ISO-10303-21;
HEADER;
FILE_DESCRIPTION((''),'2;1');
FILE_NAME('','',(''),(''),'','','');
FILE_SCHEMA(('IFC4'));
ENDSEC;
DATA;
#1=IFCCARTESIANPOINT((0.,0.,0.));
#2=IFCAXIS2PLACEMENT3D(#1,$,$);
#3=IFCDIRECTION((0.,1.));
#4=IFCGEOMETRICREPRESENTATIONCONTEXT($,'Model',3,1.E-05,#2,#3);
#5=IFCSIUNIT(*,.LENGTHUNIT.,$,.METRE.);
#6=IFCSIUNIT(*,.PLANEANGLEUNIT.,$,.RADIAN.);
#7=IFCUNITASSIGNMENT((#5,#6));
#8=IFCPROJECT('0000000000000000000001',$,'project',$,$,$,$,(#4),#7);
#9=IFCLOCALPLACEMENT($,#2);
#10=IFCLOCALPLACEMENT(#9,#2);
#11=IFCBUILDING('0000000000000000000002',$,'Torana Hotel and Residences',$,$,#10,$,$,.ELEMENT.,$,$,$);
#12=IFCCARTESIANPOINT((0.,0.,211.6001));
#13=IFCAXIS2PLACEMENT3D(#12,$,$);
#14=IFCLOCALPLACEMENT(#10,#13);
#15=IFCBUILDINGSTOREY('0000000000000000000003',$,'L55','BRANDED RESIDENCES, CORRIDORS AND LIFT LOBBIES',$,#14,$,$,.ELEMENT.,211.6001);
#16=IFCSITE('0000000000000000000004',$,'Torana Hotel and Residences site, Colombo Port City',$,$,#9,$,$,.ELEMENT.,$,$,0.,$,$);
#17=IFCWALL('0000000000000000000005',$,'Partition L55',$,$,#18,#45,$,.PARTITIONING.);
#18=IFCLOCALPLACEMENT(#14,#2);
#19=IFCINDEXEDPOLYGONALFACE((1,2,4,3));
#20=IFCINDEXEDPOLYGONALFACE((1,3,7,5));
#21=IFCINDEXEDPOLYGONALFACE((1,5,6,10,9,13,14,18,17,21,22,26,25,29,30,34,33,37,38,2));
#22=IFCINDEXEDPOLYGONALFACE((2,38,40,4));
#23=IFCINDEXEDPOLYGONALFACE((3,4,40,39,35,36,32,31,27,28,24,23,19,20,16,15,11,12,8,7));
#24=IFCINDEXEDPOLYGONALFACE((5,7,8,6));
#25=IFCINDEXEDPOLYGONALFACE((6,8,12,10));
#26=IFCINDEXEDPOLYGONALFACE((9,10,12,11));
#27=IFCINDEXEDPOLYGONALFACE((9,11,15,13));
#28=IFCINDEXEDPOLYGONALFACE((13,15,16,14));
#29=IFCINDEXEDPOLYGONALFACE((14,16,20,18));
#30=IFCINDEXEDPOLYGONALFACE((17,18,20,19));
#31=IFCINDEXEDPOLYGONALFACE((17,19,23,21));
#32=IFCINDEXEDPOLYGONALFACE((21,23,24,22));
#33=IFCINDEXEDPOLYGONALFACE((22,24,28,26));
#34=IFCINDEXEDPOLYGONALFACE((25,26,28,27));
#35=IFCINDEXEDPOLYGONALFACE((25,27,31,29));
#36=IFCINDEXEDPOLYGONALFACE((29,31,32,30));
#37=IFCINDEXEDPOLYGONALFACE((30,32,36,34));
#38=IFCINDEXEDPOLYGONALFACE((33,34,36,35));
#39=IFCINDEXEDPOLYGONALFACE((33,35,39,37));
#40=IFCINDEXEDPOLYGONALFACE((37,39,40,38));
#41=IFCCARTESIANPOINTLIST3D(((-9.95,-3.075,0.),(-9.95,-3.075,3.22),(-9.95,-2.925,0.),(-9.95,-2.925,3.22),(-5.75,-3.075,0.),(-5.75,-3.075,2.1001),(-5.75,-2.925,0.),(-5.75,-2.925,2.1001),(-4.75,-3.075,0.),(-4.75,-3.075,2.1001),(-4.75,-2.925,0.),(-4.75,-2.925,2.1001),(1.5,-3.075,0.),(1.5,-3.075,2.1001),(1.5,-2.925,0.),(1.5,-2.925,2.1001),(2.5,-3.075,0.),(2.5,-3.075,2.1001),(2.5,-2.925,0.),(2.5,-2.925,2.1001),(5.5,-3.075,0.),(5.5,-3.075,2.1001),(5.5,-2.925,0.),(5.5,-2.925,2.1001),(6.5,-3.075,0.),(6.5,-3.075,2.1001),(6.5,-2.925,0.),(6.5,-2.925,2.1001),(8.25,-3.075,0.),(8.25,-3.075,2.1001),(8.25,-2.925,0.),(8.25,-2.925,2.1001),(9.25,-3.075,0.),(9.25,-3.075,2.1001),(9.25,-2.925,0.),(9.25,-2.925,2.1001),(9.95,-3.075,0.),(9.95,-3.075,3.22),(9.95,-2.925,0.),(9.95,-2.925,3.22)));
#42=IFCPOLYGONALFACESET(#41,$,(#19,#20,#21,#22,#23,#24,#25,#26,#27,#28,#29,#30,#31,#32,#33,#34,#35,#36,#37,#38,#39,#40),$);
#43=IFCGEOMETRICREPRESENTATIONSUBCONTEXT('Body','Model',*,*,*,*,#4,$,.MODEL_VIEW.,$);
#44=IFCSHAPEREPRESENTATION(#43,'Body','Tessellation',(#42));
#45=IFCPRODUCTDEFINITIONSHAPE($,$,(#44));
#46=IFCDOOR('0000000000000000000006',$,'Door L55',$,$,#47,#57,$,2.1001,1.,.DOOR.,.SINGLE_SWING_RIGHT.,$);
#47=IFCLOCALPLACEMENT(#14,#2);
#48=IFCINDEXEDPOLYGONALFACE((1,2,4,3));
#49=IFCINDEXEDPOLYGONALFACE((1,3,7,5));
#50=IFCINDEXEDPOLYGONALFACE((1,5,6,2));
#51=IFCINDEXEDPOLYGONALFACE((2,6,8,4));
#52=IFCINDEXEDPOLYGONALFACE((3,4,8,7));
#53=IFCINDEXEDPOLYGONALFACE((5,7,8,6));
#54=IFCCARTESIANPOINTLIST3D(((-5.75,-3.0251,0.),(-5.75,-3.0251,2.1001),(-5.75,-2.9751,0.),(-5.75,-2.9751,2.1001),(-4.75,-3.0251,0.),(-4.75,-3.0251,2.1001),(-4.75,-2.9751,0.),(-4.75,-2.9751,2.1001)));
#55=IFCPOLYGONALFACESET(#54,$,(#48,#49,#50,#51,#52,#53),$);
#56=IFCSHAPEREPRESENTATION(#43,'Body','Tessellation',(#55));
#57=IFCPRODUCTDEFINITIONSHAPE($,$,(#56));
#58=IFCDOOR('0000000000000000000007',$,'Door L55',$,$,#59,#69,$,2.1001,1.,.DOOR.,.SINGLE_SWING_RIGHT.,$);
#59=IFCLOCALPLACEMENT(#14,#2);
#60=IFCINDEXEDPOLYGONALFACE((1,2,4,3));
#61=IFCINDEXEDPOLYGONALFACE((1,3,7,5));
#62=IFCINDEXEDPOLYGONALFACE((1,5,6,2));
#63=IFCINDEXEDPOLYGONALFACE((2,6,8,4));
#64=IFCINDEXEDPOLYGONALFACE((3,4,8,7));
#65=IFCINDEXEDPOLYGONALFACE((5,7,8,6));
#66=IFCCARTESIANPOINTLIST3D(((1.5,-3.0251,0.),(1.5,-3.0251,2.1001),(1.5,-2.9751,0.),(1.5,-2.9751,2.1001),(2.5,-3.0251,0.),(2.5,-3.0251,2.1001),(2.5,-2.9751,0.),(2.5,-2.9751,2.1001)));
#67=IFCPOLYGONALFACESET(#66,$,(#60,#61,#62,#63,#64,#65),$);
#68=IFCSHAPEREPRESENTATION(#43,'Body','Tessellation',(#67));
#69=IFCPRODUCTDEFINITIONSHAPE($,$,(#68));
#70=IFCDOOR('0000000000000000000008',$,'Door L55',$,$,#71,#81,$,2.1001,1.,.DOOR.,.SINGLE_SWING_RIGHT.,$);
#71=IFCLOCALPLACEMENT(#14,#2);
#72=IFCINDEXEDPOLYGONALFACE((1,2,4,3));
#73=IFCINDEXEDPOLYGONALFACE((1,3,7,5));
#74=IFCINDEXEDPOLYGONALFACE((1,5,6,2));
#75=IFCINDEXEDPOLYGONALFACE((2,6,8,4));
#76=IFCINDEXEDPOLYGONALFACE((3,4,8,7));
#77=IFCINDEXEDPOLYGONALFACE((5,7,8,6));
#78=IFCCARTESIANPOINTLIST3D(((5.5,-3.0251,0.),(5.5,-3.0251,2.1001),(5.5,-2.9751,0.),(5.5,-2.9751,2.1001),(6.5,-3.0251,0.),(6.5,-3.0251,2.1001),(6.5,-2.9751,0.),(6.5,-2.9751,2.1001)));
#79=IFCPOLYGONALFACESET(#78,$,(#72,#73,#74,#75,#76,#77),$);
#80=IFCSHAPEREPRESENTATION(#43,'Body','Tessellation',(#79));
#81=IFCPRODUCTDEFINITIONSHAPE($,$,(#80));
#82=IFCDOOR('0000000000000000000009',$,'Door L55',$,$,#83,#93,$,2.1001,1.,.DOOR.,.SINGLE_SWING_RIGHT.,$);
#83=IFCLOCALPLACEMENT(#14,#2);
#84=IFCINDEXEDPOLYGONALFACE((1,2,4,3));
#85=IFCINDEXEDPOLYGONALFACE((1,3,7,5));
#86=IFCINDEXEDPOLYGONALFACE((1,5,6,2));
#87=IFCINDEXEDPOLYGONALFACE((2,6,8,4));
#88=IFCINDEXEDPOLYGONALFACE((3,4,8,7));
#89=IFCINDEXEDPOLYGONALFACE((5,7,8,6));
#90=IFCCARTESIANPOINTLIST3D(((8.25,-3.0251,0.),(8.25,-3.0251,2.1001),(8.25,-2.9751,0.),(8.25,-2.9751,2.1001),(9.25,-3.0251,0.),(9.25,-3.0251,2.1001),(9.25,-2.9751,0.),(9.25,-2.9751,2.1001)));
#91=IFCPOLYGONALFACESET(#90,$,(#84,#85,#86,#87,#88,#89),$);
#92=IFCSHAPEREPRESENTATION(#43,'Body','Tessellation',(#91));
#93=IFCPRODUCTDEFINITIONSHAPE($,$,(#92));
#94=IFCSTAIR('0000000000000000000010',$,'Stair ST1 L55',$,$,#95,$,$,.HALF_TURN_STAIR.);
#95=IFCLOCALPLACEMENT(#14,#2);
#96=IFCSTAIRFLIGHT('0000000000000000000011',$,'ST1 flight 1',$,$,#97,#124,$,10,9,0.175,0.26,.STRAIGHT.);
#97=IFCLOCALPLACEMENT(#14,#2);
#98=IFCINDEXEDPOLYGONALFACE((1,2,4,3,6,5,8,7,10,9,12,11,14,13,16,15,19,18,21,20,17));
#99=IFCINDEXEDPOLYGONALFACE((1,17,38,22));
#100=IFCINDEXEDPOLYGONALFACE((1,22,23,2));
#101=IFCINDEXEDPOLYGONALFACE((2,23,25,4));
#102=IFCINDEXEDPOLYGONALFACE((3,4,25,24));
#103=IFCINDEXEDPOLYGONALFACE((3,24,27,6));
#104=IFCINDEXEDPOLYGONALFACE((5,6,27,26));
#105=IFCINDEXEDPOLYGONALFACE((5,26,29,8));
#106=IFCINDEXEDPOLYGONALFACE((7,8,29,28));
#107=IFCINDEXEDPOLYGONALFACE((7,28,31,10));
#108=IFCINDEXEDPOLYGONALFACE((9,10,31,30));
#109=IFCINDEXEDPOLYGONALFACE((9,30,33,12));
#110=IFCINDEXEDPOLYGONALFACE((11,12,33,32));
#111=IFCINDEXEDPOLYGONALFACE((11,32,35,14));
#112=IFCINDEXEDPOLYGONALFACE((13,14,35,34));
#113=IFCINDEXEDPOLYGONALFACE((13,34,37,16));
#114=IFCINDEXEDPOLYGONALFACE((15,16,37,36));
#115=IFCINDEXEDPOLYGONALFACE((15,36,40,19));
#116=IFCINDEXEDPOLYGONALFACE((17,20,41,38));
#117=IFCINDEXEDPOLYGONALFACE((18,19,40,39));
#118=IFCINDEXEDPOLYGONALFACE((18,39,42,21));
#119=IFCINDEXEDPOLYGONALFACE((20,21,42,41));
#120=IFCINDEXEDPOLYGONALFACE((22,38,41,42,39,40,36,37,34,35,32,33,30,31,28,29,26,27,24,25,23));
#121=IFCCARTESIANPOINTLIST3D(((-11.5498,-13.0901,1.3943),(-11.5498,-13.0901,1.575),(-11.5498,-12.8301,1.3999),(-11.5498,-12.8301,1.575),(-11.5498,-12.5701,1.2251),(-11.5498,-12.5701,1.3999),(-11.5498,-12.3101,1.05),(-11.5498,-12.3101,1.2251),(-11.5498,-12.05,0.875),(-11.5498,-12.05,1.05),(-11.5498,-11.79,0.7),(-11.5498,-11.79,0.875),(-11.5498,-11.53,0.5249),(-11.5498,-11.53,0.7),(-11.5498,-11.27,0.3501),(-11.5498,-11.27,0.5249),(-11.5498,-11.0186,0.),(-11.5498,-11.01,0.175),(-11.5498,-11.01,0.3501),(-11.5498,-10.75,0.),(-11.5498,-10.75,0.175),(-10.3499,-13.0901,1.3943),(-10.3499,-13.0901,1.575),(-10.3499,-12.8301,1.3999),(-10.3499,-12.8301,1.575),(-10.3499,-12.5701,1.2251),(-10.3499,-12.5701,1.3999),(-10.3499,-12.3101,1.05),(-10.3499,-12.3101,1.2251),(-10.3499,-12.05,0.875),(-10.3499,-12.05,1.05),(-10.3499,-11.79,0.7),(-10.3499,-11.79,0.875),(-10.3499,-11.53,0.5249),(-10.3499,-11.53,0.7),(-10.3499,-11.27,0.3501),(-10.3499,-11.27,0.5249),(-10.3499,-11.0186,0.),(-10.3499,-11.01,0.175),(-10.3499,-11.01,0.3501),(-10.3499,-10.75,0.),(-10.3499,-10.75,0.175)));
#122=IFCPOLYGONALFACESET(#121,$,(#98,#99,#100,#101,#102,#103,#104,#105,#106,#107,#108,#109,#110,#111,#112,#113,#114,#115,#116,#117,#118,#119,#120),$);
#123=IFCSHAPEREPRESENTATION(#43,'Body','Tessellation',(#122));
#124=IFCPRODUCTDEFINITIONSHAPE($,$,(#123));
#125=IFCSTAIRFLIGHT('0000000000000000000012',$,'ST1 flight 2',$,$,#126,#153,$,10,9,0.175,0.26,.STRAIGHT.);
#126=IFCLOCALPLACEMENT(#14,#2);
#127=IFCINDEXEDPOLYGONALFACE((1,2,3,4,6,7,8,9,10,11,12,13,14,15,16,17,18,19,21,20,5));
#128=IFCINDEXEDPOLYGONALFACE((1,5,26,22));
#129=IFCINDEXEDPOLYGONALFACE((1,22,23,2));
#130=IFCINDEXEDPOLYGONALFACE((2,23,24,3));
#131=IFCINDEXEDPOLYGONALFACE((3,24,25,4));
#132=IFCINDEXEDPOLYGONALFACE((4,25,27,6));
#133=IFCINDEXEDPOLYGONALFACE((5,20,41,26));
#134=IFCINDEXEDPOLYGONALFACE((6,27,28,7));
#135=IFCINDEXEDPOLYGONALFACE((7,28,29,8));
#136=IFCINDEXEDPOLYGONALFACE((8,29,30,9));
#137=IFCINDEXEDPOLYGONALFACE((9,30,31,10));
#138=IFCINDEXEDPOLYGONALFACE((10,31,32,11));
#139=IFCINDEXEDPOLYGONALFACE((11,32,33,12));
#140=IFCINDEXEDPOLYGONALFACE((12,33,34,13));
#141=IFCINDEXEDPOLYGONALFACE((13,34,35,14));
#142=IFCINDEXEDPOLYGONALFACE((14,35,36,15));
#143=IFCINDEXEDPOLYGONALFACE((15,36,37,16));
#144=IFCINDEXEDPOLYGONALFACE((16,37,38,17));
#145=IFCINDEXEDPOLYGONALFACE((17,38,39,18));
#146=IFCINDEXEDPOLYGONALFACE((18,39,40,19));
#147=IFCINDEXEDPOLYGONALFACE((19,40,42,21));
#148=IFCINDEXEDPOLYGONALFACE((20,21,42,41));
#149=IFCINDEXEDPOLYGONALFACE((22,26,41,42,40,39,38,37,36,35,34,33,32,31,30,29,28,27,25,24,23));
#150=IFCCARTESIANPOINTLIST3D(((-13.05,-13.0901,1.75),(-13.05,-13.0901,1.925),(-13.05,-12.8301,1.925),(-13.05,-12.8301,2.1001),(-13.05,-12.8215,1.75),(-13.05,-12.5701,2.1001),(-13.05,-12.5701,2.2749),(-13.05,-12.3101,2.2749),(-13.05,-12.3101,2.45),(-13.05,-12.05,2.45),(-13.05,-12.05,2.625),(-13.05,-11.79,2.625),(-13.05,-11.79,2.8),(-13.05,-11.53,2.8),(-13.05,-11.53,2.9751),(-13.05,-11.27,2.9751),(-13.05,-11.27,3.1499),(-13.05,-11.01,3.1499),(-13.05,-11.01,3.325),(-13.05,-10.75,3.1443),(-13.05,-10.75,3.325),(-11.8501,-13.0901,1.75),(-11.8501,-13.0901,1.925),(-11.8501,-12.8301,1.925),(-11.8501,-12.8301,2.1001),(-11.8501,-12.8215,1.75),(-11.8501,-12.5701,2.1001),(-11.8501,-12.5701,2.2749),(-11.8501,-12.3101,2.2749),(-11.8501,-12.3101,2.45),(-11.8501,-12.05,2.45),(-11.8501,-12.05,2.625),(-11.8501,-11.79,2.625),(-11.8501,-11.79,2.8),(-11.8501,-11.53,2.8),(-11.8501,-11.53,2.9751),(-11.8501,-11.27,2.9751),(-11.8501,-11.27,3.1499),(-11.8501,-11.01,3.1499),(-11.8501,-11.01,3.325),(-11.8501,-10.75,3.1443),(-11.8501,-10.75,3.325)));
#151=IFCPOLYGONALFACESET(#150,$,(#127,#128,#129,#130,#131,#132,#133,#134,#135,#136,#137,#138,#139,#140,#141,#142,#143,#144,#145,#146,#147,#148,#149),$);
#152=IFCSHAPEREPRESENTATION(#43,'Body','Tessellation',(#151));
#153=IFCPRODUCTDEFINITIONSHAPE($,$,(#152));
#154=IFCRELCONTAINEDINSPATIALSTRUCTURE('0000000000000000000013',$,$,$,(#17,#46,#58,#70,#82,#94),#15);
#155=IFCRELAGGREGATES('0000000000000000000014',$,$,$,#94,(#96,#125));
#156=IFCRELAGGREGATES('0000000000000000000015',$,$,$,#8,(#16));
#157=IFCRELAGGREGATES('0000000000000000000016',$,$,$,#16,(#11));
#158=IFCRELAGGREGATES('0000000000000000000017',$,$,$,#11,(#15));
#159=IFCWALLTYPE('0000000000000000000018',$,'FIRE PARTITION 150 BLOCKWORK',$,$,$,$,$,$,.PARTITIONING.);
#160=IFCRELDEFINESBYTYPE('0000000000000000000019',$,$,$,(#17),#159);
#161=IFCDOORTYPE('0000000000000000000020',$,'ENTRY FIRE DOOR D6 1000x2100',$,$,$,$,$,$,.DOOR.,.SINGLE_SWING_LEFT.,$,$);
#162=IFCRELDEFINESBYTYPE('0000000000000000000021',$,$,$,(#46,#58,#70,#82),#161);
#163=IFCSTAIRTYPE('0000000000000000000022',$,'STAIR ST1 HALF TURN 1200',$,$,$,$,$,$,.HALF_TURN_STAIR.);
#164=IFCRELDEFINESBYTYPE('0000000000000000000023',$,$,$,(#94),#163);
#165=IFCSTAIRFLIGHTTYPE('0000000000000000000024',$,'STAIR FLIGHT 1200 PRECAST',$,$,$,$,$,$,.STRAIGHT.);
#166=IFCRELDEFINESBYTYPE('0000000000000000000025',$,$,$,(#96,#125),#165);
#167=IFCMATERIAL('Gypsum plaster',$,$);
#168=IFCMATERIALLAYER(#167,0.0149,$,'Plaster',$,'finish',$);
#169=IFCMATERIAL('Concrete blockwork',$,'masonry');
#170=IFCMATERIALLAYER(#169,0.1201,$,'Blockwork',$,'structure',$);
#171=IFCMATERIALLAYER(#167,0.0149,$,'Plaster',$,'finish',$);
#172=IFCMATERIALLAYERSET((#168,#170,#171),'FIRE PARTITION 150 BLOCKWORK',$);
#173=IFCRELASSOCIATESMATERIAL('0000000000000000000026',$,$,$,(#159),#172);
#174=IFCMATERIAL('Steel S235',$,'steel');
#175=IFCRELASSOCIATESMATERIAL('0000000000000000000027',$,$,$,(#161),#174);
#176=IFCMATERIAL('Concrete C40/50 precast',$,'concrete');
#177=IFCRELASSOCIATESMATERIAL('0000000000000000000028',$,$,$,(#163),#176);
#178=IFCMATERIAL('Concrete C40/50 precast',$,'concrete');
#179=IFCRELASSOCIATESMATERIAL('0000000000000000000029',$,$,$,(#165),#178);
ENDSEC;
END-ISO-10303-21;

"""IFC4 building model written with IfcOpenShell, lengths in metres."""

from ifc_helpers import new_model, si_unit, direction, frame, frame_2d, origin, place, context, subcontext, project, spatial, polyline, rectangle, outline, extrude, material, layer, layer_set, type_object, element, fill, aggregate, save


model = new_model("IFC4")

# Units and contexts
model_context = context("Model", 3, precision=1e-05, world=origin(), true_north=direction((0.0, 1.0)))
body_context = subcontext(model_context, "Body", "Model", "MODEL_VIEW")
ifc_project = project(units=[si_unit("LENGTHUNIT", "METRE"), si_unit("PLANEANGLEUNIT", "RADIAN")], contexts=[model_context])

# Site, building, storey
site_placement = place(None, origin())
site = spatial("IfcSite", under=ifc_project, at=site_placement, Name="Torana Hotel and Residences site, Colombo Port City", CompositionType="ELEMENT", RefElevation=0.0)
building_placement = place(site_placement, origin())
building = spatial("IfcBuilding", under=site, at=building_placement, Name="Torana Hotel and Residences", CompositionType="ELEMENT")
storey_placement = place(building_placement, frame((0.0, 0.0, 211.6001)))
storey = spatial("IfcBuildingStorey", under=building, at=storey_placement, Name="L55", Description="BRANDED RESIDENCES, CORRIDORS AND LIFT LOBBIES", CompositionType="ELEMENT", Elevation=211.6001)

# Shared definitions
ifc_material_1 = material(Name="Gypsum plaster")
ifc_layer_1 = layer(ifc_material_1, 0.0149, Name="Plaster", Category="finish")
ifc_material_2 = material(Name="Concrete blockwork", Category="masonry")
ifc_layer_2 = layer(ifc_material_2, 0.1201, Name="Blockwork", Category="structure")
ifc_layer_3 = layer(ifc_material_1, 0.0149, Name="Plaster", Category="finish")
ifc_layer_set_1 = layer_set([ifc_layer_1, ifc_layer_2, ifc_layer_3], Name="FIRE PARTITION 150 BLOCKWORK")
wall_type_1 = type_object("IfcWallType", Name="FIRE PARTITION 150 BLOCKWORK", PredefinedType="PARTITIONING", material=ifc_layer_set_1)

# Wall, openings, doors
ifc_material_3 = material(Name="Steel S235", Category="steel")
door_type_1 = type_object("IfcDoorType", Name="ENTRY FIRE DOOR D6 1000x2100", OperationType="SINGLE_SWING_LEFT", PredefinedType="DOOR", material=ifc_material_3)
wall_1_placement = place(storey_placement, frame((-9.95, -3.0, 0.0), z_axis=(0.0, 0.0, 1.0), x_axis=(1.0, 0.0, 0.0)))
wall_1 = element("IfcWall", 1, at=wall_1_placement, inside=storey, type_object=wall_type_1, Name="Partition L55", PredefinedType="PARTITIONING", context=body_context, shape_type="SweptSolid", body=[
    extrude(rectangle(XDim=19.8999, YDim=0.1499, at=frame_2d((9.95, 0.0))), origin(), (0.0, 0.0, 1.0), 3.22),
])
opening_1_placement = place(wall_1_placement, frame((4.2, 0.0, 0.0)))
opening_1 = element("IfcOpeningElement", 2, at=opening_1_placement, cuts=wall_1, PredefinedType="OPENING", context=body_context, shape_type="SweptSolid", body=[
    extrude(rectangle(XDim=1.0, YDim=2.1001, at=frame_2d((0.5, 1.05))), frame((0.0, 0.085, 0.0), z_axis=(0.0, -1.0, 0.0), x_axis=(1.0, 0.0, 0.0)), (0.0, 0.0, 1.0), 0.1699),
])
opening_2_placement = place(wall_1_placement, frame((11.45, 0.0, 0.0)))
opening_2 = element("IfcOpeningElement", 3, at=opening_2_placement, cuts=wall_1, PredefinedType="OPENING", context=body_context, shape_type="SweptSolid", body=[
    extrude(rectangle(XDim=1.0, YDim=2.1001, at=frame_2d((0.5, 1.05))), frame((0.0, 0.085, 0.0), z_axis=(0.0, -1.0, 0.0), x_axis=(1.0, 0.0, 0.0)), (0.0, 0.0, 1.0), 0.1699),
])
opening_3_placement = place(wall_1_placement, frame((15.45, 0.0, 0.0)))
opening_3 = element("IfcOpeningElement", 4, at=opening_3_placement, cuts=wall_1, PredefinedType="OPENING", context=body_context, shape_type="SweptSolid", body=[
    extrude(rectangle(XDim=1.0, YDim=2.1001, at=frame_2d((0.5, 1.05))), frame((0.0, 0.085, 0.0), z_axis=(0.0, -1.0, 0.0), x_axis=(1.0, 0.0, 0.0)), (0.0, 0.0, 1.0), 0.1699),
])
opening_4_placement = place(wall_1_placement, frame((18.2, 0.0, 0.0)))
opening_4 = element("IfcOpeningElement", 5, at=opening_4_placement, cuts=wall_1, PredefinedType="OPENING", context=body_context, shape_type="SweptSolid", body=[
    extrude(rectangle(XDim=1.0, YDim=2.1001, at=frame_2d((0.5, 1.05))), frame((0.0, 0.085, 0.0), z_axis=(0.0, -1.0, 0.0), x_axis=(1.0, 0.0, 0.0)), (0.0, 0.0, 1.0), 0.1699),
])
door_1_placement = place(opening_1_placement, origin())
door_1 = element("IfcDoor", 6, at=door_1_placement, inside=storey, type_object=door_type_1, Name="Door L55", OperationType="SINGLE_SWING_RIGHT", OverallHeight=2.1001, OverallWidth=1.0, PredefinedType="DOOR", context=body_context, shape_type="SweptSolid", body=[
    extrude(rectangle(XDim=1.0, YDim=2.1001, at=frame_2d((0.5, 1.05))), frame((0.0, 0.0249, 0.0), z_axis=(0.0, -1.0, 0.0), x_axis=(1.0, 0.0, 0.0)), (0.0, 0.0, 1.0), 0.05),
])
fill(opening_1, door_1)
door_2_placement = place(opening_2_placement, origin())
door_2 = element("IfcDoor", 7, at=door_2_placement, inside=storey, type_object=door_type_1, Name="Door L55", OperationType="SINGLE_SWING_RIGHT", OverallHeight=2.1001, OverallWidth=1.0, PredefinedType="DOOR", context=body_context, shape_type="SweptSolid", body=[
    extrude(rectangle(XDim=1.0, YDim=2.1001, at=frame_2d((0.5, 1.05))), frame((0.0, 0.0249, 0.0), z_axis=(0.0, -1.0, 0.0), x_axis=(1.0, 0.0, 0.0)), (0.0, 0.0, 1.0), 0.05),
])
fill(opening_2, door_2)
door_3_placement = place(opening_3_placement, origin())
door_3 = element("IfcDoor", 8, at=door_3_placement, inside=storey, type_object=door_type_1, Name="Door L55", OperationType="SINGLE_SWING_RIGHT", OverallHeight=2.1001, OverallWidth=1.0, PredefinedType="DOOR", context=body_context, shape_type="SweptSolid", body=[
    extrude(rectangle(XDim=1.0, YDim=2.1001, at=frame_2d((0.5, 1.05))), frame((0.0, 0.0249, 0.0), z_axis=(0.0, -1.0, 0.0), x_axis=(1.0, 0.0, 0.0)), (0.0, 0.0, 1.0), 0.05),
])
fill(opening_3, door_3)
door_4_placement = place(opening_4_placement, origin())
door_4 = element("IfcDoor", 9, at=door_4_placement, inside=storey, type_object=door_type_1, Name="Door L55", OperationType="SINGLE_SWING_RIGHT", OverallHeight=2.1001, OverallWidth=1.0, PredefinedType="DOOR", context=body_context, shape_type="SweptSolid", body=[
    extrude(rectangle(XDim=1.0, YDim=2.1001, at=frame_2d((0.5, 1.05))), frame((0.0, 0.0249, 0.0), z_axis=(0.0, -1.0, 0.0), x_axis=(1.0, 0.0, 0.0)), (0.0, 0.0, 1.0), 0.05),
])
fill(opening_4, door_4)

# Stair, stair flights
ifc_material_4 = material(Name="Concrete C40/50 precast", Category="concrete")
stair_type = type_object("IfcStairType", Name="STAIR ST1 HALF TURN 1200", PredefinedType="HALF_TURN_STAIR", material=ifc_material_4)
stair_placement = place(storey_placement, origin())
stair = element("IfcStair", 10, at=stair_placement, inside=storey, type_object=stair_type, Name="Stair ST1 L55", PredefinedType="HALF_TURN_STAIR")
ifc_material_5 = material(Name="Concrete C40/50 precast", Category="concrete")
stair_flight_type = type_object("IfcStairFlightType", Name="STAIR FLIGHT 1200 PRECAST", PredefinedType="STRAIGHT", material=ifc_material_5)
stair_flight_1_placement = place(storey_placement, frame((-10.95, -10.75, 0.0), z_axis=(0.0, 0.0, 1.0), x_axis=(0.0, -1.0, 0.0)))
stair_flight_1 = element("IfcStairFlight", 11, at=stair_flight_1_placement, type_object=stair_flight_type, Name="ST1 flight 1", NumberOfRisers=10, NumberOfTreads=9, PredefinedType="STRAIGHT", RiserHeight=0.175, TreadLength=0.26, context=body_context, shape_type="SweptSolid", body=[
    extrude(outline(polyline([(0.0, 0.0), (0.0, 0.175), (0.26, 0.175), (0.26, 0.3501), (0.52, 0.3501), (0.52, 0.5249), (0.78, 0.5249), (0.78, 0.7), (1.04, 0.7), (1.04, 0.875), (1.3, 0.875), (1.3, 1.05), (1.5601, 1.05), (1.5601, 1.2251), (1.8201, 1.2251), (1.8201, 1.3999), (2.0801, 1.3999), (2.0801, 1.575), (2.3401, 1.575), (2.3401, 1.75), (2.3401, 1.3943), (0.2686, 0.0), (0.0, 0.0)])), frame((0.0, 0.6001, 0.0), z_axis=(0.0, -1.0, 0.0), x_axis=(1.0, 0.0, 0.0)), (0.0, 0.0, 1.0), 1.2),
])
stair_flight_2_placement = place(storey_placement, frame((-12.45, -13.0901, 1.75), z_axis=(0.0, 0.0, 1.0), x_axis=(0.0, 1.0, 0.0)))
stair_flight_2 = element("IfcStairFlight", 12, at=stair_flight_2_placement, type_object=stair_flight_type, Name="ST1 flight 2", NumberOfRisers=10, NumberOfTreads=9, PredefinedType="STRAIGHT", RiserHeight=0.175, TreadLength=0.26, context=body_context, shape_type="SweptSolid", body=[
    extrude(outline(polyline([(0.0, 0.0), (0.0, 0.175), (0.26, 0.175), (0.26, 0.3501), (0.52, 0.3501), (0.52, 0.5249), (0.78, 0.5249), (0.78, 0.7), (1.04, 0.7), (1.04, 0.875), (1.3, 0.875), (1.3, 1.05), (1.5601, 1.05), (1.5601, 1.2251), (1.8201, 1.2251), (1.8201, 1.3999), (2.0801, 1.3999), (2.0801, 1.575), (2.3401, 1.575), (2.3401, 1.75), (2.3401, 1.3943), (0.2686, 0.0), (0.0, 0.0)])), frame((0.0, 0.6001, 0.0), z_axis=(0.0, -1.0, 0.0), x_axis=(1.0, 0.0, 0.0)), (0.0, 0.0, 1.0), 1.2),
])
aggregate(stair, [stair_flight_1, stair_flight_2])

save(model, "model.ifc")
